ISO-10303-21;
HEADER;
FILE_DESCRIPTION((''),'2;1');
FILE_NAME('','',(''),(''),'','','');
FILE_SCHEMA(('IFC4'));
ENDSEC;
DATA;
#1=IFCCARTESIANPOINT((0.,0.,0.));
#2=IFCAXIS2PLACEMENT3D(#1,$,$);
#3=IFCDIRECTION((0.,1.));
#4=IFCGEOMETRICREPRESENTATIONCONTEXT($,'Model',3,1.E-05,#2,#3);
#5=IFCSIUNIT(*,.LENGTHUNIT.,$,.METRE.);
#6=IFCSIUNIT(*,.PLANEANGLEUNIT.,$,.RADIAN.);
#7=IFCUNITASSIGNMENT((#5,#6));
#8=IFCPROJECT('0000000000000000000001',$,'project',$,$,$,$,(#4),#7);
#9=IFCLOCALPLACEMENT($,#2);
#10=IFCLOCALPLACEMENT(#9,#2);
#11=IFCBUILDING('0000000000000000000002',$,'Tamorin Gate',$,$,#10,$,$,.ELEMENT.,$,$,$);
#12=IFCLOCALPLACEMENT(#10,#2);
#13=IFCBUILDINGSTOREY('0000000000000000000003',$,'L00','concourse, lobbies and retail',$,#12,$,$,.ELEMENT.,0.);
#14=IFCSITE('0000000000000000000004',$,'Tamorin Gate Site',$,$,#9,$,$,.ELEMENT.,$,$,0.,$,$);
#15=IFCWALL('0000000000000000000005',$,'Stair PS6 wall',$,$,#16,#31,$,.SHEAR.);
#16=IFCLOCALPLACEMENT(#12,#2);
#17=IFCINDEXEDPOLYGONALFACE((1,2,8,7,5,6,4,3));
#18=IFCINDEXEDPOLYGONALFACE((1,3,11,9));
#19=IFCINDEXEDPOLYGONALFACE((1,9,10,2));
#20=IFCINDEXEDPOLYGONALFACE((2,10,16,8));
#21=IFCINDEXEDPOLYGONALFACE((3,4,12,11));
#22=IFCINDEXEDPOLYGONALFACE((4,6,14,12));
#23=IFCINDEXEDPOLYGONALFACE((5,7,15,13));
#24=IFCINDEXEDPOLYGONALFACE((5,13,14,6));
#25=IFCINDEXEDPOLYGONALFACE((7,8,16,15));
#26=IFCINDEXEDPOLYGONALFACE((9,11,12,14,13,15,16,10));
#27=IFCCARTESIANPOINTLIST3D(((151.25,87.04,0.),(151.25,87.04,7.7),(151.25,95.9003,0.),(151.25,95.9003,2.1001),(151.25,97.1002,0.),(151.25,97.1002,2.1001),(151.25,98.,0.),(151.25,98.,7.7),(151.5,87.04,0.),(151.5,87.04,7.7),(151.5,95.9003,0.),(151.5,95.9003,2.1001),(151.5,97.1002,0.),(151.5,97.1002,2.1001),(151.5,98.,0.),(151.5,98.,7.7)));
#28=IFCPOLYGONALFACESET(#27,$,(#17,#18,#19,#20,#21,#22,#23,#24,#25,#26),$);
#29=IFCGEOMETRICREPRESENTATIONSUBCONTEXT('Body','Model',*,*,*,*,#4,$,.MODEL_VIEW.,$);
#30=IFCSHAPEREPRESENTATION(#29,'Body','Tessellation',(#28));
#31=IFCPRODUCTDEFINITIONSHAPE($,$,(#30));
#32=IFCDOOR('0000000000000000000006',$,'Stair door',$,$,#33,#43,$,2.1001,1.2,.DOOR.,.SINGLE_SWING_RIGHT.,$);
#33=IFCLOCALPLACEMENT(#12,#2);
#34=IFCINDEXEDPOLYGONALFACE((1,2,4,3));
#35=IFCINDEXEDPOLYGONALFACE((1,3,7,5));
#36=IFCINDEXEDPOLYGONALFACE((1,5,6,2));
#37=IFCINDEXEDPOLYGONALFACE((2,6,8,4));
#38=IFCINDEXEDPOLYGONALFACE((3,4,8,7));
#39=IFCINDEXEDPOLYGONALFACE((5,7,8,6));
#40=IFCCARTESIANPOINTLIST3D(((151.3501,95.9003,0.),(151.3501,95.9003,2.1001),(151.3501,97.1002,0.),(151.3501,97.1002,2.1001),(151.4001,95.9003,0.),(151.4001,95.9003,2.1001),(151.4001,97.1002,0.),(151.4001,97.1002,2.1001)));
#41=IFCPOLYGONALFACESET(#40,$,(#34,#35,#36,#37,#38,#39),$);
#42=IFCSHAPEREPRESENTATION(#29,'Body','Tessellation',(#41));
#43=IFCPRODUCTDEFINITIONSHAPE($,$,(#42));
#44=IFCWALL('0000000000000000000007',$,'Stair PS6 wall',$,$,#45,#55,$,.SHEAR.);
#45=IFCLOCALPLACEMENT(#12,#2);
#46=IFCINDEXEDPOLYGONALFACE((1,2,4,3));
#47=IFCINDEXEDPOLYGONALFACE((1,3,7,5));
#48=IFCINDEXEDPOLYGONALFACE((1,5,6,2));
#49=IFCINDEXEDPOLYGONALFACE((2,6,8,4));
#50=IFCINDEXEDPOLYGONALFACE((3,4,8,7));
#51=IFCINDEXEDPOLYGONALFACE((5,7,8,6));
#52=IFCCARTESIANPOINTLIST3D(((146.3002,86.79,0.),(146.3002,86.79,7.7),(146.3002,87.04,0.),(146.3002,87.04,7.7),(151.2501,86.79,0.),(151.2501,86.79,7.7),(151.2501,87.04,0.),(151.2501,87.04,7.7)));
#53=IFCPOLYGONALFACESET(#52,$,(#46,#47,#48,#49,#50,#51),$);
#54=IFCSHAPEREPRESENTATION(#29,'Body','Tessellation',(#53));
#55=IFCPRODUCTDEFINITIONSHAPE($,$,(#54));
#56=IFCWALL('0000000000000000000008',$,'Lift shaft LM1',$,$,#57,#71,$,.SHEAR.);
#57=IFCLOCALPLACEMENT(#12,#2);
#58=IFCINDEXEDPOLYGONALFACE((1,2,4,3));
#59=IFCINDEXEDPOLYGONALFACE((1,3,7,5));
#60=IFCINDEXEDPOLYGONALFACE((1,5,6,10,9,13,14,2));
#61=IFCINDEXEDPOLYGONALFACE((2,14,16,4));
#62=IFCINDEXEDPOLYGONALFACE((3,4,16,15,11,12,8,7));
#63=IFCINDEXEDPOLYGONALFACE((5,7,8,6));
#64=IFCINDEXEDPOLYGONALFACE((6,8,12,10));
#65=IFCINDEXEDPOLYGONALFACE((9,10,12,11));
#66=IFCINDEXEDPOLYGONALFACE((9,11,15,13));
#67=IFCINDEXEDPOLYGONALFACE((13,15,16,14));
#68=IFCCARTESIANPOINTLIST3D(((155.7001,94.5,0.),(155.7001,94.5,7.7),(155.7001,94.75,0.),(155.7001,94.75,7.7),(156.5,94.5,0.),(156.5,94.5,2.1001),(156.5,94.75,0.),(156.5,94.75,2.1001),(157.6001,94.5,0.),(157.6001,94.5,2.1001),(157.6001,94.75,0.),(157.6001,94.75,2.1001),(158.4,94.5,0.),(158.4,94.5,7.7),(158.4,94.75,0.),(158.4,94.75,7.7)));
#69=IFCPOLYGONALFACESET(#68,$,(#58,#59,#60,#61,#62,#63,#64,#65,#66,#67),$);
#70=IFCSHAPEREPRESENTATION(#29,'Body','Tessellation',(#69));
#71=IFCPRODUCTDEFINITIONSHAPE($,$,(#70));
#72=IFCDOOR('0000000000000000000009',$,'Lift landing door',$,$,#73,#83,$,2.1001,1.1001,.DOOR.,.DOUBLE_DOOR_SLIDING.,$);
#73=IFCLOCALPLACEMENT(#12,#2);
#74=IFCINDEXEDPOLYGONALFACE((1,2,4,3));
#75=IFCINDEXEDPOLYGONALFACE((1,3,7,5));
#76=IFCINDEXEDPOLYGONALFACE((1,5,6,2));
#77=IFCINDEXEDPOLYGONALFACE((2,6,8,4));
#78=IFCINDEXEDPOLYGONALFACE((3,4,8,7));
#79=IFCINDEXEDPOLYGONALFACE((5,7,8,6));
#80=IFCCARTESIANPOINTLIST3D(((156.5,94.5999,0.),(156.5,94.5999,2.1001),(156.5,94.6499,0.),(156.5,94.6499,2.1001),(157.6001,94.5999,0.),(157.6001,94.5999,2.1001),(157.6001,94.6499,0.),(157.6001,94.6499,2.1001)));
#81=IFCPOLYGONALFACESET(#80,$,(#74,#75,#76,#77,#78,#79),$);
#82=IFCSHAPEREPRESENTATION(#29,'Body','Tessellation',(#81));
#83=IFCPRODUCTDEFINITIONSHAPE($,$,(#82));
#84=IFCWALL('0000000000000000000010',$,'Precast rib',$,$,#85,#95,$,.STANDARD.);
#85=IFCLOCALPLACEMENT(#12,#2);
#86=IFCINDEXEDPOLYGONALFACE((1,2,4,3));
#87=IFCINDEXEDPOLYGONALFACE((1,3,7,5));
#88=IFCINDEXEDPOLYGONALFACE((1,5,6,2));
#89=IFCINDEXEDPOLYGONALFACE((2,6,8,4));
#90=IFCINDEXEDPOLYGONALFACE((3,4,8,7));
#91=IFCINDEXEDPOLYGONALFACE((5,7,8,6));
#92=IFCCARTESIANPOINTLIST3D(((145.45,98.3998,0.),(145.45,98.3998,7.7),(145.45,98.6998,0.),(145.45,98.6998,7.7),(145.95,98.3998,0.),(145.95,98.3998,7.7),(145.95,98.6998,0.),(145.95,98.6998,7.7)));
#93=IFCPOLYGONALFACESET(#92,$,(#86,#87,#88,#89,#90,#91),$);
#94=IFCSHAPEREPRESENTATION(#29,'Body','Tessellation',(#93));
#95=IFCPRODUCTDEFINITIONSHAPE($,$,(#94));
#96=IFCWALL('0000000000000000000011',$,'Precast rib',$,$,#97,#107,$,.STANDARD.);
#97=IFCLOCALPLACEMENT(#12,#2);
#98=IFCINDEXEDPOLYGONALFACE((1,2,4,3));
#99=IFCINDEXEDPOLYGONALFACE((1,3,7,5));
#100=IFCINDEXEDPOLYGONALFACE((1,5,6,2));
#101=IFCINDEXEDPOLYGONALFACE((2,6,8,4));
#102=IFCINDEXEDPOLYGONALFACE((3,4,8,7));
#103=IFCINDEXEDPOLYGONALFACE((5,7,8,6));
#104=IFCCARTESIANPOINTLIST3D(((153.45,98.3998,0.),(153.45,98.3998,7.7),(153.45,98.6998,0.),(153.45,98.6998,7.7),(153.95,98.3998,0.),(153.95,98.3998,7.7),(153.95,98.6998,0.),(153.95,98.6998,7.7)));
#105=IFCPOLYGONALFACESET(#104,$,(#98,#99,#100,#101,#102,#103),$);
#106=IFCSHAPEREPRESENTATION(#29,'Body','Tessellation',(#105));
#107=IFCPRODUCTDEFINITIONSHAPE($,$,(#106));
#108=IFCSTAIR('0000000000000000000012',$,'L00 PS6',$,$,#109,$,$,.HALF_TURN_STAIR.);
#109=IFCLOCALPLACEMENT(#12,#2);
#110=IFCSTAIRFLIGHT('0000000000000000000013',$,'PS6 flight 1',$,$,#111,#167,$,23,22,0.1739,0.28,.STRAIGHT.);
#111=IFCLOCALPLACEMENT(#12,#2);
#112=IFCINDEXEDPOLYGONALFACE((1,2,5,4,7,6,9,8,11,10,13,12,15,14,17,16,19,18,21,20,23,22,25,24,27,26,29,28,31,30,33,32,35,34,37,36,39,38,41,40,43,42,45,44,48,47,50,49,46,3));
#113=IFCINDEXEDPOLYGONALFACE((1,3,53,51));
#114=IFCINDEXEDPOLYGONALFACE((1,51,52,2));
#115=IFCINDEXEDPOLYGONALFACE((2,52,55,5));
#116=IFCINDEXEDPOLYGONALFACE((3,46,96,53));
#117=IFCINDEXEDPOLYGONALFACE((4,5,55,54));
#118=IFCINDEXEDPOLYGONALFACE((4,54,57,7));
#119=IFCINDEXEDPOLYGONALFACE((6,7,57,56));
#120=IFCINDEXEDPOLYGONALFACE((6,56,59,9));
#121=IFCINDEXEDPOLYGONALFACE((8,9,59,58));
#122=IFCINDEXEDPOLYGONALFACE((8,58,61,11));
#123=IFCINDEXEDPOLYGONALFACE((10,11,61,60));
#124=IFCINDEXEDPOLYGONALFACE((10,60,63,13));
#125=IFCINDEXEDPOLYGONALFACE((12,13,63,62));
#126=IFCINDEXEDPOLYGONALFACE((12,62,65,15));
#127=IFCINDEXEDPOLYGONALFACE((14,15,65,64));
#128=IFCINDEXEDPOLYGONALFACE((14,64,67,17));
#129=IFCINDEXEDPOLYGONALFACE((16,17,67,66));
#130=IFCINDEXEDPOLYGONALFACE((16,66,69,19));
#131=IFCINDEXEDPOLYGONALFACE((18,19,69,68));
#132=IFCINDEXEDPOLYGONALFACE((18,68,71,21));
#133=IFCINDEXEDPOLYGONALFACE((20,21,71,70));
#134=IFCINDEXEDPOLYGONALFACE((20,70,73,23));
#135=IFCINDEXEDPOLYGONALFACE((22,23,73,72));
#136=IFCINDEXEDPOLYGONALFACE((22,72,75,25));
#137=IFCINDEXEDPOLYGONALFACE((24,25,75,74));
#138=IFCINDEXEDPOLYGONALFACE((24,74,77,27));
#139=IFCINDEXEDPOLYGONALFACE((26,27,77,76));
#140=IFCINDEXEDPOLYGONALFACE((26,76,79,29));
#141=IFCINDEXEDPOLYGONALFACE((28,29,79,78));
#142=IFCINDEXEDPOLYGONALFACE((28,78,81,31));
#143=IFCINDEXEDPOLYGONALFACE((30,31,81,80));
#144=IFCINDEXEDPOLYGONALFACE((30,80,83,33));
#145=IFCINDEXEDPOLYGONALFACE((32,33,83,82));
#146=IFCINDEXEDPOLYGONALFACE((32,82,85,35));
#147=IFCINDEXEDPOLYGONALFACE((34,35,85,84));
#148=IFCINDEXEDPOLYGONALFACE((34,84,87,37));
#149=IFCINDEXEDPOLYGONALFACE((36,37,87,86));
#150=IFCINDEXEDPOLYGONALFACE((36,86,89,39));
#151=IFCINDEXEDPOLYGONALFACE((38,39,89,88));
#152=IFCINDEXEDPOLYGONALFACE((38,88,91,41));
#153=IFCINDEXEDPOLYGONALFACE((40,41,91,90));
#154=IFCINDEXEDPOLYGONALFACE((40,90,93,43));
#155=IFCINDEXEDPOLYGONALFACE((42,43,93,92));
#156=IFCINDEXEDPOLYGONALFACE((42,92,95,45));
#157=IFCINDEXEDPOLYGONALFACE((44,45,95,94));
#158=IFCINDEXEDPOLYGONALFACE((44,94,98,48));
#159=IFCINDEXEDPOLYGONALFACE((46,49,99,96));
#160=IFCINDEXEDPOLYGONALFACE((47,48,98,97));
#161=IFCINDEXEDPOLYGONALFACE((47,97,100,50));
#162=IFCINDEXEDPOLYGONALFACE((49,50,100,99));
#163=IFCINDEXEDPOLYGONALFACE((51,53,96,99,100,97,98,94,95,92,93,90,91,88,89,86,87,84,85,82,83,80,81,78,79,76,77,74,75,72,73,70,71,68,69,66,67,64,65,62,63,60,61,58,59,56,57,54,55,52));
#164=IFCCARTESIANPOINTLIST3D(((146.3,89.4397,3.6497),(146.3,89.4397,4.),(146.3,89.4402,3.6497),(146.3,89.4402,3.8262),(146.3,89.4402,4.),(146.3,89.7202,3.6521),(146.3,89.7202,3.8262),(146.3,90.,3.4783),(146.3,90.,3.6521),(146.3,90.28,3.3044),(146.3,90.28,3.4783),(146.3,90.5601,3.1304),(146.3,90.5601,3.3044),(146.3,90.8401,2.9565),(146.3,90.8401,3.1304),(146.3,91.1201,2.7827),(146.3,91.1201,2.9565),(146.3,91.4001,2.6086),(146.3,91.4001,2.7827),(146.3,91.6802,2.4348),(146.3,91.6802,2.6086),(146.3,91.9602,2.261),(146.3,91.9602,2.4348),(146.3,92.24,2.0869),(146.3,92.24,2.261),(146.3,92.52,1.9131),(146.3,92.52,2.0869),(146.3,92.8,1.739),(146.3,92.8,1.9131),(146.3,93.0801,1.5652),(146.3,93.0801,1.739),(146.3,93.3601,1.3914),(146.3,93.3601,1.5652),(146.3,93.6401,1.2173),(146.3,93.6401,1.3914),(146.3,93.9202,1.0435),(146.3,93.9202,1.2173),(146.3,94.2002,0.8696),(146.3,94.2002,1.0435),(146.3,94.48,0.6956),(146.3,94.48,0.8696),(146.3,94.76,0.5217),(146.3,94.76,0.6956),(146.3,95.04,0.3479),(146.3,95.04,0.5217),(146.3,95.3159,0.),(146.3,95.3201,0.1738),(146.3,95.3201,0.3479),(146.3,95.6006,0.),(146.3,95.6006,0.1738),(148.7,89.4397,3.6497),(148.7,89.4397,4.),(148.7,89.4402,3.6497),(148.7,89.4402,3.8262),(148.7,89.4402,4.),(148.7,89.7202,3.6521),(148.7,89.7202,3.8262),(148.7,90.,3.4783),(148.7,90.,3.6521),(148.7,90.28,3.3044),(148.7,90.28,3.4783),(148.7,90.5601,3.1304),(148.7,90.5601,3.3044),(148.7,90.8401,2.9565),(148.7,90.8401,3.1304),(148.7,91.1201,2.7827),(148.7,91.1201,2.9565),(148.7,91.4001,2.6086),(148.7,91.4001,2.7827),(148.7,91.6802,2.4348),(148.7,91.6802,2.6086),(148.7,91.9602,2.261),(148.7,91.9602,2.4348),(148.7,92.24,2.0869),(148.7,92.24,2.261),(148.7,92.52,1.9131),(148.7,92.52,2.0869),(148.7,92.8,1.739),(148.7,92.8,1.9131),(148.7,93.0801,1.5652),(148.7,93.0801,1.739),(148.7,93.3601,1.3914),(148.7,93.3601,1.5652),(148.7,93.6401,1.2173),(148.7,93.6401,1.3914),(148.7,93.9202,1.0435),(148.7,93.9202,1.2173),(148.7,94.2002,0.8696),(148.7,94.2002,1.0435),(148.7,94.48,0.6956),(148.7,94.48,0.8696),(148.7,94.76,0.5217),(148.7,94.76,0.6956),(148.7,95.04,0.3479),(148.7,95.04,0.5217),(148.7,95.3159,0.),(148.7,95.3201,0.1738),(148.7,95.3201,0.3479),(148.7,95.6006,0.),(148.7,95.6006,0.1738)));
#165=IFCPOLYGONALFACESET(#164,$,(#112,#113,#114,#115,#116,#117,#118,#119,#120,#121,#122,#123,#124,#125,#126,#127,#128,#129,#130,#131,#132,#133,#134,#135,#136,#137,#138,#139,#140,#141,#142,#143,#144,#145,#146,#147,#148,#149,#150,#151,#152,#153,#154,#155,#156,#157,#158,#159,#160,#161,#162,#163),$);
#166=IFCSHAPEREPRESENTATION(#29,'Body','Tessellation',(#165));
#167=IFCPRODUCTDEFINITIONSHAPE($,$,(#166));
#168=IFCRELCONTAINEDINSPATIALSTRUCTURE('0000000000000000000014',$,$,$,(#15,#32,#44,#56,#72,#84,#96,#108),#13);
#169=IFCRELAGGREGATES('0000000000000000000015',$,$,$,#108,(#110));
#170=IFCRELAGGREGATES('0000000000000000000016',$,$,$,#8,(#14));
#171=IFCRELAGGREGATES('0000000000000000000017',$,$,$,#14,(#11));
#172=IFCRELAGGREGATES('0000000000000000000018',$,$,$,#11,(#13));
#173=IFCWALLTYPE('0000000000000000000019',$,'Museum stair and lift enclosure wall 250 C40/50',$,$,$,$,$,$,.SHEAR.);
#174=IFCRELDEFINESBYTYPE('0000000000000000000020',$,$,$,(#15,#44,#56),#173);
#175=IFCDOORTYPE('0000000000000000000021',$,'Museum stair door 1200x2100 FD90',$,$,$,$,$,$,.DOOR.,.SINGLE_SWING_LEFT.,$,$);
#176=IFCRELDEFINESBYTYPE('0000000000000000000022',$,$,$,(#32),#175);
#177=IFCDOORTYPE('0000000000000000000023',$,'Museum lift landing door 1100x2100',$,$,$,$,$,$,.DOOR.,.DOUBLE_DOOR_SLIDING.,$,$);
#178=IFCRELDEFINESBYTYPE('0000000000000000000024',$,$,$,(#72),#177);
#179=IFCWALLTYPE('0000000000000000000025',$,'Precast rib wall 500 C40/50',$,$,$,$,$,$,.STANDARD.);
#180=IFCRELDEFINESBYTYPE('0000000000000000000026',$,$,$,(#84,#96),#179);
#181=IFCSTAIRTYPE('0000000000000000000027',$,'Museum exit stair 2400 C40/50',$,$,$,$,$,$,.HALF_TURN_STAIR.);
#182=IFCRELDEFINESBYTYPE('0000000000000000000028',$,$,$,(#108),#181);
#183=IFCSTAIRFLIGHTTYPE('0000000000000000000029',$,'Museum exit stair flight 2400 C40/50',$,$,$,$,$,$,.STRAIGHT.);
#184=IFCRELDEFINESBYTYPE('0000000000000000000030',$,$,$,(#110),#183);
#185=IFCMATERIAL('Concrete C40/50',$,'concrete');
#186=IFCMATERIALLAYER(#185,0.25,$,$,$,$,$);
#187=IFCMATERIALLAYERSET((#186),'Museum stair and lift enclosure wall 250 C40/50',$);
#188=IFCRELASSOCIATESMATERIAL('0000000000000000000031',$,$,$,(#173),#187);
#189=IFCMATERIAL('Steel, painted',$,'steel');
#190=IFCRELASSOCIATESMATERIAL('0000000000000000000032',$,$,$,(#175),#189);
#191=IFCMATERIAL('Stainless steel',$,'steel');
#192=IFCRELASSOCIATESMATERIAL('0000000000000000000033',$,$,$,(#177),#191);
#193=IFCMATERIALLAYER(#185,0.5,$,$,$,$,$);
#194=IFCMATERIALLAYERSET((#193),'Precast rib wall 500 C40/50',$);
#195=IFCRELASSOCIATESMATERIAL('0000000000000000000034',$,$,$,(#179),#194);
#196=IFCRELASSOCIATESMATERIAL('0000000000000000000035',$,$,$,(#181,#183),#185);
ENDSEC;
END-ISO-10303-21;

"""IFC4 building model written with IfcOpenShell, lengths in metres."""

from ifc_helpers import new_model, si_unit, direction, frame, frame_2d, origin, place, context, subcontext, project, spatial, polyline, rectangle, outline, extrude, material, layer, layer_set, type_object, element, fill, aggregate, save


model = new_model("IFC4")

# Units and contexts
model_context = context("Model", 3, precision=1e-05, world=origin(), true_north=direction((0.0, 1.0)))
body_context = subcontext(model_context, "Body", "Model", "MODEL_VIEW")
ifc_project = project(units=[si_unit("LENGTHUNIT", "METRE"), si_unit("PLANEANGLEUNIT", "RADIAN")], contexts=[model_context])

# Site, building, storey
site_placement = place(None, origin())
site = spatial("IfcSite", under=ifc_project, at=site_placement, Name="Tamorin Gate Site", CompositionType="ELEMENT", RefElevation=0.0)
building_placement = place(site_placement, origin())
building = spatial("IfcBuilding", under=site, at=building_placement, Name="Tamorin Gate", CompositionType="ELEMENT")
storey_placement = place(building_placement, origin())
storey = spatial("IfcBuildingStorey", under=building, at=storey_placement, Name="L00", Description="concourse, lobbies and retail", CompositionType="ELEMENT", Elevation=0.0)

# Shared definitions
ifc_material_1 = material(Name="Steel, painted", Category="steel")

# Shared definitions
ifc_material_2 = material(Name="Concrete C40/50", Category="concrete")
ifc_layer_1 = layer(ifc_material_2, 0.25)
ifc_layer_set_1 = layer_set([ifc_layer_1], Name="Museum stair and lift enclosure wall 250 C40/50")
wall_type_1 = type_object("IfcWallType", Name="Museum stair and lift enclosure wall 250 C40/50", PredefinedType="SHEAR", material=ifc_layer_set_1)

# Wall, opening, door
wall_1_placement = place(storey_placement, frame((151.375, 87.04, 0.0), z_axis=(0.0, 0.0, 1.0), x_axis=(0.0, 1.0, 0.0)))
wall_1 = element("IfcWall", 1, at=wall_1_placement, inside=storey, type_object=wall_type_1, Name="Stair PS6 wall", PredefinedType="SHEAR", context=body_context, shape_type="SweptSolid", body=[
    extrude(rectangle(XDim=10.96, YDim=0.25, at=frame_2d((5.48, 0.0))), origin(), (0.0, 0.0, 1.0), 7.7),
])
opening_1_placement = place(wall_1_placement, frame((8.8601, 0.0, 0.0)))
opening_1 = element("IfcOpeningElement", 2, at=opening_1_placement, cuts=wall_1, PredefinedType="OPENING", context=body_context, shape_type="SweptSolid", body=[
    extrude(rectangle(XDim=1.2, YDim=2.1001, at=frame_2d((0.6001, 1.05))), frame((0.0, 0.135, 0.0), z_axis=(0.0, -1.0, 0.0), x_axis=(1.0, 0.0, 0.0)), (0.0, 0.0, 1.0), 0.27),
])
door_type_1 = type_object("IfcDoorType", Name="Museum stair door 1200x2100 FD90", OperationType="SINGLE_SWING_LEFT", PredefinedType="DOOR", material=ifc_material_1)
door_1_placement = place(opening_1_placement, origin())
door_1 = element("IfcDoor", 3, at=door_1_placement, inside=storey, type_object=door_type_1, Name="Stair door", OperationType="SINGLE_SWING_RIGHT", OverallHeight=2.1001, OverallWidth=1.2, PredefinedType="DOOR", context=body_context, shape_type="SweptSolid", body=[
    extrude(rectangle(XDim=1.2, YDim=2.1001, at=frame_2d((0.6001, 1.05))), frame((0.0, 0.0249, 0.0), z_axis=(0.0, -1.0, 0.0), x_axis=(1.0, 0.0, 0.0)), (0.0, 0.0, 1.0), 0.05),
])
fill(opening_1, door_1)

# Wall
wall_2_placement = place(storey_placement, frame((146.3, 86.915, 0.0), z_axis=(0.0, 0.0, 1.0), x_axis=(1.0, 0.0, 0.0)))
element("IfcWall", 4, at=wall_2_placement, inside=storey, type_object=wall_type_1, Name="Stair PS6 wall", PredefinedType="SHEAR", context=body_context, shape_type="SweptSolid", body=[
    extrude(rectangle(XDim=4.95, YDim=0.25, at=frame_2d((2.4751, 0.0))), origin(), (0.0, 0.0, 1.0), 7.7),
])

# Wall, opening, door
wall_3_placement = place(storey_placement, frame((155.7, 94.625, 0.0), z_axis=(0.0, 0.0, 1.0), x_axis=(1.0, 0.0, 0.0)))
wall_3 = element("IfcWall", 5, at=wall_3_placement, inside=storey, type_object=wall_type_1, Name="Lift shaft LM1", PredefinedType="SHEAR", context=body_context, shape_type="SweptSolid", body=[
    extrude(rectangle(XDim=2.7, YDim=0.25, at=frame_2d((1.3501, 0.0))), origin(), (0.0, 0.0, 1.0), 7.7),
])
opening_2_placement = place(wall_3_placement, frame((0.8, 0.0, 0.0)))
opening_2 = element("IfcOpeningElement", 6, at=opening_2_placement, cuts=wall_3, PredefinedType="OPENING", context=body_context, shape_type="SweptSolid", body=[
    extrude(rectangle(XDim=1.1001, YDim=2.1001, at=frame_2d((0.55, 1.05))), frame((0.0, 0.135, 0.0), z_axis=(0.0, -1.0, 0.0), x_axis=(1.0, 0.0, 0.0)), (0.0, 0.0, 1.0), 0.27),
])
ifc_material_3 = material(Name="Stainless steel", Category="steel")
door_type_2 = type_object("IfcDoorType", Name="Museum lift landing door 1100x2100", OperationType="DOUBLE_DOOR_SLIDING", PredefinedType="DOOR", material=ifc_material_3)
door_2_placement = place(opening_2_placement, origin())
door_2 = element("IfcDoor", 7, at=door_2_placement, inside=storey, type_object=door_type_2, Name="Lift landing door", OperationType="DOUBLE_DOOR_SLIDING", OverallHeight=2.1001, OverallWidth=1.1001, PredefinedType="DOOR", context=body_context, shape_type="SweptSolid", body=[
    extrude(rectangle(XDim=1.1001, YDim=2.1001, at=frame_2d((0.55, 1.05))), frame((0.0, 0.0249, 0.0), z_axis=(0.0, -1.0, 0.0), x_axis=(1.0, 0.0, 0.0)), (0.0, 0.0, 1.0), 0.05),
])
fill(opening_2, door_2)

# Walls
ifc_layer_2 = layer(ifc_material_2, 0.5)
ifc_layer_set_2 = layer_set([ifc_layer_2], Name="Precast rib wall 500 C40/50")
wall_type_2 = type_object("IfcWallType", Name="Precast rib wall 500 C40/50", PredefinedType="STANDARD", material=ifc_layer_set_2)
for number, where, z_axis, x_axis, name in (
    (8, (145.7, 98.3999, 0.0), (0.0, 0.0, 1.0), (0.0, 1.0, 0.0), "Precast rib"),
    (9, (153.7, 98.3999, 0.0), (0.0, 0.0, 1.0), (0.0, 1.0, 0.0), "Precast rib"),
):
    element("IfcWall", number, at=place(storey_placement, frame(where, z_axis=z_axis, x_axis=x_axis)), inside=storey, type_object=wall_type_2, Name=name, PredefinedType="STANDARD", context=body_context, shape_type="SweptSolid", body=[
        extrude(rectangle(XDim=0.3, YDim=0.5, at=frame_2d((0.1499, 0.0))), origin(), (0.0, 0.0, 1.0), 7.7),
    ])

# Stair, stair flight
stair_type = type_object("IfcStairType", Name="Museum exit stair 2400 C40/50", PredefinedType="HALF_TURN_STAIR", material=ifc_material_2)
stair_placement = place(storey_placement, origin())
stair = element("IfcStair", 10, at=stair_placement, inside=storey, type_object=stair_type, Name="L00 PS6", PredefinedType="HALF_TURN_STAIR")
stair_flight_type = type_object("IfcStairFlightType", Name="Museum exit stair flight 2400 C40/50", PredefinedType="STRAIGHT", material=ifc_material_2)
stair_flight_1_placement = place(storey_placement, frame((147.5, 95.6001, 0.0), z_axis=(0.0, 0.0, 1.0), x_axis=(0.0, -1.0, 0.0)))
stair_flight_1 = element("IfcStairFlight", 11, at=stair_flight_1_placement, type_object=stair_flight_type, Name="PS6 flight 1", NumberOfRisers=23, NumberOfTreads=22, PredefinedType="STRAIGHT", RiserHeight=0.1739, TreadLength=0.28, context=body_context, shape_type="SweptSolid", body=[
    extrude(outline(polyline([(-0.0005, 0.0), (-0.0005, 0.1738), (0.28, 0.1738), (0.28, 0.3479), (0.5601, 0.3479), (0.5601, 0.5217), (0.8401, 0.5217), (0.8401, 0.6956), (1.1201, 0.6956), (1.1201, 0.8696), (1.3999, 0.8696), (1.3999, 1.0435), (1.6799, 1.0435), (1.6799, 1.2173), (1.96, 1.2173), (1.96, 1.3914), (2.24, 1.3914), (2.24, 1.5652), (2.52, 1.5652), (2.52, 1.739), (2.8, 1.739), (2.8, 1.9131), (3.0801, 1.9131), (3.0801, 2.0869), (3.3601, 2.0869), (3.3601, 2.261), (3.6399, 2.261), (3.6399, 2.4348), (3.9199, 2.4348), (3.9199, 2.6086), (4.2, 2.6086), (4.2, 2.7827), (4.48, 2.7827), (4.48, 2.9565), (4.76, 2.9565), (4.76, 3.1304), (5.04, 3.1304), (5.04, 3.3044), (5.3201, 3.3044), (5.3201, 3.4783), (5.6001, 3.4783), (5.6001, 3.6521), (5.8799, 3.6521), (5.8799, 3.8262), (6.1599, 3.8262), (6.1599, 4.0), (6.1604, 4.0), (6.1604, 3.6497), (6.1599, 3.6497), (0.2842, 0.0), (-0.0005, 0.0)])), frame((0.0, 1.2, 0.0), z_axis=(0.0, -1.0, 0.0), x_axis=(1.0, 0.0, 0.0)), (0.0, 0.0, 1.0), 2.3999),
])
aggregate(stair, [stair_flight_1])

save(model, "model.ifc")
